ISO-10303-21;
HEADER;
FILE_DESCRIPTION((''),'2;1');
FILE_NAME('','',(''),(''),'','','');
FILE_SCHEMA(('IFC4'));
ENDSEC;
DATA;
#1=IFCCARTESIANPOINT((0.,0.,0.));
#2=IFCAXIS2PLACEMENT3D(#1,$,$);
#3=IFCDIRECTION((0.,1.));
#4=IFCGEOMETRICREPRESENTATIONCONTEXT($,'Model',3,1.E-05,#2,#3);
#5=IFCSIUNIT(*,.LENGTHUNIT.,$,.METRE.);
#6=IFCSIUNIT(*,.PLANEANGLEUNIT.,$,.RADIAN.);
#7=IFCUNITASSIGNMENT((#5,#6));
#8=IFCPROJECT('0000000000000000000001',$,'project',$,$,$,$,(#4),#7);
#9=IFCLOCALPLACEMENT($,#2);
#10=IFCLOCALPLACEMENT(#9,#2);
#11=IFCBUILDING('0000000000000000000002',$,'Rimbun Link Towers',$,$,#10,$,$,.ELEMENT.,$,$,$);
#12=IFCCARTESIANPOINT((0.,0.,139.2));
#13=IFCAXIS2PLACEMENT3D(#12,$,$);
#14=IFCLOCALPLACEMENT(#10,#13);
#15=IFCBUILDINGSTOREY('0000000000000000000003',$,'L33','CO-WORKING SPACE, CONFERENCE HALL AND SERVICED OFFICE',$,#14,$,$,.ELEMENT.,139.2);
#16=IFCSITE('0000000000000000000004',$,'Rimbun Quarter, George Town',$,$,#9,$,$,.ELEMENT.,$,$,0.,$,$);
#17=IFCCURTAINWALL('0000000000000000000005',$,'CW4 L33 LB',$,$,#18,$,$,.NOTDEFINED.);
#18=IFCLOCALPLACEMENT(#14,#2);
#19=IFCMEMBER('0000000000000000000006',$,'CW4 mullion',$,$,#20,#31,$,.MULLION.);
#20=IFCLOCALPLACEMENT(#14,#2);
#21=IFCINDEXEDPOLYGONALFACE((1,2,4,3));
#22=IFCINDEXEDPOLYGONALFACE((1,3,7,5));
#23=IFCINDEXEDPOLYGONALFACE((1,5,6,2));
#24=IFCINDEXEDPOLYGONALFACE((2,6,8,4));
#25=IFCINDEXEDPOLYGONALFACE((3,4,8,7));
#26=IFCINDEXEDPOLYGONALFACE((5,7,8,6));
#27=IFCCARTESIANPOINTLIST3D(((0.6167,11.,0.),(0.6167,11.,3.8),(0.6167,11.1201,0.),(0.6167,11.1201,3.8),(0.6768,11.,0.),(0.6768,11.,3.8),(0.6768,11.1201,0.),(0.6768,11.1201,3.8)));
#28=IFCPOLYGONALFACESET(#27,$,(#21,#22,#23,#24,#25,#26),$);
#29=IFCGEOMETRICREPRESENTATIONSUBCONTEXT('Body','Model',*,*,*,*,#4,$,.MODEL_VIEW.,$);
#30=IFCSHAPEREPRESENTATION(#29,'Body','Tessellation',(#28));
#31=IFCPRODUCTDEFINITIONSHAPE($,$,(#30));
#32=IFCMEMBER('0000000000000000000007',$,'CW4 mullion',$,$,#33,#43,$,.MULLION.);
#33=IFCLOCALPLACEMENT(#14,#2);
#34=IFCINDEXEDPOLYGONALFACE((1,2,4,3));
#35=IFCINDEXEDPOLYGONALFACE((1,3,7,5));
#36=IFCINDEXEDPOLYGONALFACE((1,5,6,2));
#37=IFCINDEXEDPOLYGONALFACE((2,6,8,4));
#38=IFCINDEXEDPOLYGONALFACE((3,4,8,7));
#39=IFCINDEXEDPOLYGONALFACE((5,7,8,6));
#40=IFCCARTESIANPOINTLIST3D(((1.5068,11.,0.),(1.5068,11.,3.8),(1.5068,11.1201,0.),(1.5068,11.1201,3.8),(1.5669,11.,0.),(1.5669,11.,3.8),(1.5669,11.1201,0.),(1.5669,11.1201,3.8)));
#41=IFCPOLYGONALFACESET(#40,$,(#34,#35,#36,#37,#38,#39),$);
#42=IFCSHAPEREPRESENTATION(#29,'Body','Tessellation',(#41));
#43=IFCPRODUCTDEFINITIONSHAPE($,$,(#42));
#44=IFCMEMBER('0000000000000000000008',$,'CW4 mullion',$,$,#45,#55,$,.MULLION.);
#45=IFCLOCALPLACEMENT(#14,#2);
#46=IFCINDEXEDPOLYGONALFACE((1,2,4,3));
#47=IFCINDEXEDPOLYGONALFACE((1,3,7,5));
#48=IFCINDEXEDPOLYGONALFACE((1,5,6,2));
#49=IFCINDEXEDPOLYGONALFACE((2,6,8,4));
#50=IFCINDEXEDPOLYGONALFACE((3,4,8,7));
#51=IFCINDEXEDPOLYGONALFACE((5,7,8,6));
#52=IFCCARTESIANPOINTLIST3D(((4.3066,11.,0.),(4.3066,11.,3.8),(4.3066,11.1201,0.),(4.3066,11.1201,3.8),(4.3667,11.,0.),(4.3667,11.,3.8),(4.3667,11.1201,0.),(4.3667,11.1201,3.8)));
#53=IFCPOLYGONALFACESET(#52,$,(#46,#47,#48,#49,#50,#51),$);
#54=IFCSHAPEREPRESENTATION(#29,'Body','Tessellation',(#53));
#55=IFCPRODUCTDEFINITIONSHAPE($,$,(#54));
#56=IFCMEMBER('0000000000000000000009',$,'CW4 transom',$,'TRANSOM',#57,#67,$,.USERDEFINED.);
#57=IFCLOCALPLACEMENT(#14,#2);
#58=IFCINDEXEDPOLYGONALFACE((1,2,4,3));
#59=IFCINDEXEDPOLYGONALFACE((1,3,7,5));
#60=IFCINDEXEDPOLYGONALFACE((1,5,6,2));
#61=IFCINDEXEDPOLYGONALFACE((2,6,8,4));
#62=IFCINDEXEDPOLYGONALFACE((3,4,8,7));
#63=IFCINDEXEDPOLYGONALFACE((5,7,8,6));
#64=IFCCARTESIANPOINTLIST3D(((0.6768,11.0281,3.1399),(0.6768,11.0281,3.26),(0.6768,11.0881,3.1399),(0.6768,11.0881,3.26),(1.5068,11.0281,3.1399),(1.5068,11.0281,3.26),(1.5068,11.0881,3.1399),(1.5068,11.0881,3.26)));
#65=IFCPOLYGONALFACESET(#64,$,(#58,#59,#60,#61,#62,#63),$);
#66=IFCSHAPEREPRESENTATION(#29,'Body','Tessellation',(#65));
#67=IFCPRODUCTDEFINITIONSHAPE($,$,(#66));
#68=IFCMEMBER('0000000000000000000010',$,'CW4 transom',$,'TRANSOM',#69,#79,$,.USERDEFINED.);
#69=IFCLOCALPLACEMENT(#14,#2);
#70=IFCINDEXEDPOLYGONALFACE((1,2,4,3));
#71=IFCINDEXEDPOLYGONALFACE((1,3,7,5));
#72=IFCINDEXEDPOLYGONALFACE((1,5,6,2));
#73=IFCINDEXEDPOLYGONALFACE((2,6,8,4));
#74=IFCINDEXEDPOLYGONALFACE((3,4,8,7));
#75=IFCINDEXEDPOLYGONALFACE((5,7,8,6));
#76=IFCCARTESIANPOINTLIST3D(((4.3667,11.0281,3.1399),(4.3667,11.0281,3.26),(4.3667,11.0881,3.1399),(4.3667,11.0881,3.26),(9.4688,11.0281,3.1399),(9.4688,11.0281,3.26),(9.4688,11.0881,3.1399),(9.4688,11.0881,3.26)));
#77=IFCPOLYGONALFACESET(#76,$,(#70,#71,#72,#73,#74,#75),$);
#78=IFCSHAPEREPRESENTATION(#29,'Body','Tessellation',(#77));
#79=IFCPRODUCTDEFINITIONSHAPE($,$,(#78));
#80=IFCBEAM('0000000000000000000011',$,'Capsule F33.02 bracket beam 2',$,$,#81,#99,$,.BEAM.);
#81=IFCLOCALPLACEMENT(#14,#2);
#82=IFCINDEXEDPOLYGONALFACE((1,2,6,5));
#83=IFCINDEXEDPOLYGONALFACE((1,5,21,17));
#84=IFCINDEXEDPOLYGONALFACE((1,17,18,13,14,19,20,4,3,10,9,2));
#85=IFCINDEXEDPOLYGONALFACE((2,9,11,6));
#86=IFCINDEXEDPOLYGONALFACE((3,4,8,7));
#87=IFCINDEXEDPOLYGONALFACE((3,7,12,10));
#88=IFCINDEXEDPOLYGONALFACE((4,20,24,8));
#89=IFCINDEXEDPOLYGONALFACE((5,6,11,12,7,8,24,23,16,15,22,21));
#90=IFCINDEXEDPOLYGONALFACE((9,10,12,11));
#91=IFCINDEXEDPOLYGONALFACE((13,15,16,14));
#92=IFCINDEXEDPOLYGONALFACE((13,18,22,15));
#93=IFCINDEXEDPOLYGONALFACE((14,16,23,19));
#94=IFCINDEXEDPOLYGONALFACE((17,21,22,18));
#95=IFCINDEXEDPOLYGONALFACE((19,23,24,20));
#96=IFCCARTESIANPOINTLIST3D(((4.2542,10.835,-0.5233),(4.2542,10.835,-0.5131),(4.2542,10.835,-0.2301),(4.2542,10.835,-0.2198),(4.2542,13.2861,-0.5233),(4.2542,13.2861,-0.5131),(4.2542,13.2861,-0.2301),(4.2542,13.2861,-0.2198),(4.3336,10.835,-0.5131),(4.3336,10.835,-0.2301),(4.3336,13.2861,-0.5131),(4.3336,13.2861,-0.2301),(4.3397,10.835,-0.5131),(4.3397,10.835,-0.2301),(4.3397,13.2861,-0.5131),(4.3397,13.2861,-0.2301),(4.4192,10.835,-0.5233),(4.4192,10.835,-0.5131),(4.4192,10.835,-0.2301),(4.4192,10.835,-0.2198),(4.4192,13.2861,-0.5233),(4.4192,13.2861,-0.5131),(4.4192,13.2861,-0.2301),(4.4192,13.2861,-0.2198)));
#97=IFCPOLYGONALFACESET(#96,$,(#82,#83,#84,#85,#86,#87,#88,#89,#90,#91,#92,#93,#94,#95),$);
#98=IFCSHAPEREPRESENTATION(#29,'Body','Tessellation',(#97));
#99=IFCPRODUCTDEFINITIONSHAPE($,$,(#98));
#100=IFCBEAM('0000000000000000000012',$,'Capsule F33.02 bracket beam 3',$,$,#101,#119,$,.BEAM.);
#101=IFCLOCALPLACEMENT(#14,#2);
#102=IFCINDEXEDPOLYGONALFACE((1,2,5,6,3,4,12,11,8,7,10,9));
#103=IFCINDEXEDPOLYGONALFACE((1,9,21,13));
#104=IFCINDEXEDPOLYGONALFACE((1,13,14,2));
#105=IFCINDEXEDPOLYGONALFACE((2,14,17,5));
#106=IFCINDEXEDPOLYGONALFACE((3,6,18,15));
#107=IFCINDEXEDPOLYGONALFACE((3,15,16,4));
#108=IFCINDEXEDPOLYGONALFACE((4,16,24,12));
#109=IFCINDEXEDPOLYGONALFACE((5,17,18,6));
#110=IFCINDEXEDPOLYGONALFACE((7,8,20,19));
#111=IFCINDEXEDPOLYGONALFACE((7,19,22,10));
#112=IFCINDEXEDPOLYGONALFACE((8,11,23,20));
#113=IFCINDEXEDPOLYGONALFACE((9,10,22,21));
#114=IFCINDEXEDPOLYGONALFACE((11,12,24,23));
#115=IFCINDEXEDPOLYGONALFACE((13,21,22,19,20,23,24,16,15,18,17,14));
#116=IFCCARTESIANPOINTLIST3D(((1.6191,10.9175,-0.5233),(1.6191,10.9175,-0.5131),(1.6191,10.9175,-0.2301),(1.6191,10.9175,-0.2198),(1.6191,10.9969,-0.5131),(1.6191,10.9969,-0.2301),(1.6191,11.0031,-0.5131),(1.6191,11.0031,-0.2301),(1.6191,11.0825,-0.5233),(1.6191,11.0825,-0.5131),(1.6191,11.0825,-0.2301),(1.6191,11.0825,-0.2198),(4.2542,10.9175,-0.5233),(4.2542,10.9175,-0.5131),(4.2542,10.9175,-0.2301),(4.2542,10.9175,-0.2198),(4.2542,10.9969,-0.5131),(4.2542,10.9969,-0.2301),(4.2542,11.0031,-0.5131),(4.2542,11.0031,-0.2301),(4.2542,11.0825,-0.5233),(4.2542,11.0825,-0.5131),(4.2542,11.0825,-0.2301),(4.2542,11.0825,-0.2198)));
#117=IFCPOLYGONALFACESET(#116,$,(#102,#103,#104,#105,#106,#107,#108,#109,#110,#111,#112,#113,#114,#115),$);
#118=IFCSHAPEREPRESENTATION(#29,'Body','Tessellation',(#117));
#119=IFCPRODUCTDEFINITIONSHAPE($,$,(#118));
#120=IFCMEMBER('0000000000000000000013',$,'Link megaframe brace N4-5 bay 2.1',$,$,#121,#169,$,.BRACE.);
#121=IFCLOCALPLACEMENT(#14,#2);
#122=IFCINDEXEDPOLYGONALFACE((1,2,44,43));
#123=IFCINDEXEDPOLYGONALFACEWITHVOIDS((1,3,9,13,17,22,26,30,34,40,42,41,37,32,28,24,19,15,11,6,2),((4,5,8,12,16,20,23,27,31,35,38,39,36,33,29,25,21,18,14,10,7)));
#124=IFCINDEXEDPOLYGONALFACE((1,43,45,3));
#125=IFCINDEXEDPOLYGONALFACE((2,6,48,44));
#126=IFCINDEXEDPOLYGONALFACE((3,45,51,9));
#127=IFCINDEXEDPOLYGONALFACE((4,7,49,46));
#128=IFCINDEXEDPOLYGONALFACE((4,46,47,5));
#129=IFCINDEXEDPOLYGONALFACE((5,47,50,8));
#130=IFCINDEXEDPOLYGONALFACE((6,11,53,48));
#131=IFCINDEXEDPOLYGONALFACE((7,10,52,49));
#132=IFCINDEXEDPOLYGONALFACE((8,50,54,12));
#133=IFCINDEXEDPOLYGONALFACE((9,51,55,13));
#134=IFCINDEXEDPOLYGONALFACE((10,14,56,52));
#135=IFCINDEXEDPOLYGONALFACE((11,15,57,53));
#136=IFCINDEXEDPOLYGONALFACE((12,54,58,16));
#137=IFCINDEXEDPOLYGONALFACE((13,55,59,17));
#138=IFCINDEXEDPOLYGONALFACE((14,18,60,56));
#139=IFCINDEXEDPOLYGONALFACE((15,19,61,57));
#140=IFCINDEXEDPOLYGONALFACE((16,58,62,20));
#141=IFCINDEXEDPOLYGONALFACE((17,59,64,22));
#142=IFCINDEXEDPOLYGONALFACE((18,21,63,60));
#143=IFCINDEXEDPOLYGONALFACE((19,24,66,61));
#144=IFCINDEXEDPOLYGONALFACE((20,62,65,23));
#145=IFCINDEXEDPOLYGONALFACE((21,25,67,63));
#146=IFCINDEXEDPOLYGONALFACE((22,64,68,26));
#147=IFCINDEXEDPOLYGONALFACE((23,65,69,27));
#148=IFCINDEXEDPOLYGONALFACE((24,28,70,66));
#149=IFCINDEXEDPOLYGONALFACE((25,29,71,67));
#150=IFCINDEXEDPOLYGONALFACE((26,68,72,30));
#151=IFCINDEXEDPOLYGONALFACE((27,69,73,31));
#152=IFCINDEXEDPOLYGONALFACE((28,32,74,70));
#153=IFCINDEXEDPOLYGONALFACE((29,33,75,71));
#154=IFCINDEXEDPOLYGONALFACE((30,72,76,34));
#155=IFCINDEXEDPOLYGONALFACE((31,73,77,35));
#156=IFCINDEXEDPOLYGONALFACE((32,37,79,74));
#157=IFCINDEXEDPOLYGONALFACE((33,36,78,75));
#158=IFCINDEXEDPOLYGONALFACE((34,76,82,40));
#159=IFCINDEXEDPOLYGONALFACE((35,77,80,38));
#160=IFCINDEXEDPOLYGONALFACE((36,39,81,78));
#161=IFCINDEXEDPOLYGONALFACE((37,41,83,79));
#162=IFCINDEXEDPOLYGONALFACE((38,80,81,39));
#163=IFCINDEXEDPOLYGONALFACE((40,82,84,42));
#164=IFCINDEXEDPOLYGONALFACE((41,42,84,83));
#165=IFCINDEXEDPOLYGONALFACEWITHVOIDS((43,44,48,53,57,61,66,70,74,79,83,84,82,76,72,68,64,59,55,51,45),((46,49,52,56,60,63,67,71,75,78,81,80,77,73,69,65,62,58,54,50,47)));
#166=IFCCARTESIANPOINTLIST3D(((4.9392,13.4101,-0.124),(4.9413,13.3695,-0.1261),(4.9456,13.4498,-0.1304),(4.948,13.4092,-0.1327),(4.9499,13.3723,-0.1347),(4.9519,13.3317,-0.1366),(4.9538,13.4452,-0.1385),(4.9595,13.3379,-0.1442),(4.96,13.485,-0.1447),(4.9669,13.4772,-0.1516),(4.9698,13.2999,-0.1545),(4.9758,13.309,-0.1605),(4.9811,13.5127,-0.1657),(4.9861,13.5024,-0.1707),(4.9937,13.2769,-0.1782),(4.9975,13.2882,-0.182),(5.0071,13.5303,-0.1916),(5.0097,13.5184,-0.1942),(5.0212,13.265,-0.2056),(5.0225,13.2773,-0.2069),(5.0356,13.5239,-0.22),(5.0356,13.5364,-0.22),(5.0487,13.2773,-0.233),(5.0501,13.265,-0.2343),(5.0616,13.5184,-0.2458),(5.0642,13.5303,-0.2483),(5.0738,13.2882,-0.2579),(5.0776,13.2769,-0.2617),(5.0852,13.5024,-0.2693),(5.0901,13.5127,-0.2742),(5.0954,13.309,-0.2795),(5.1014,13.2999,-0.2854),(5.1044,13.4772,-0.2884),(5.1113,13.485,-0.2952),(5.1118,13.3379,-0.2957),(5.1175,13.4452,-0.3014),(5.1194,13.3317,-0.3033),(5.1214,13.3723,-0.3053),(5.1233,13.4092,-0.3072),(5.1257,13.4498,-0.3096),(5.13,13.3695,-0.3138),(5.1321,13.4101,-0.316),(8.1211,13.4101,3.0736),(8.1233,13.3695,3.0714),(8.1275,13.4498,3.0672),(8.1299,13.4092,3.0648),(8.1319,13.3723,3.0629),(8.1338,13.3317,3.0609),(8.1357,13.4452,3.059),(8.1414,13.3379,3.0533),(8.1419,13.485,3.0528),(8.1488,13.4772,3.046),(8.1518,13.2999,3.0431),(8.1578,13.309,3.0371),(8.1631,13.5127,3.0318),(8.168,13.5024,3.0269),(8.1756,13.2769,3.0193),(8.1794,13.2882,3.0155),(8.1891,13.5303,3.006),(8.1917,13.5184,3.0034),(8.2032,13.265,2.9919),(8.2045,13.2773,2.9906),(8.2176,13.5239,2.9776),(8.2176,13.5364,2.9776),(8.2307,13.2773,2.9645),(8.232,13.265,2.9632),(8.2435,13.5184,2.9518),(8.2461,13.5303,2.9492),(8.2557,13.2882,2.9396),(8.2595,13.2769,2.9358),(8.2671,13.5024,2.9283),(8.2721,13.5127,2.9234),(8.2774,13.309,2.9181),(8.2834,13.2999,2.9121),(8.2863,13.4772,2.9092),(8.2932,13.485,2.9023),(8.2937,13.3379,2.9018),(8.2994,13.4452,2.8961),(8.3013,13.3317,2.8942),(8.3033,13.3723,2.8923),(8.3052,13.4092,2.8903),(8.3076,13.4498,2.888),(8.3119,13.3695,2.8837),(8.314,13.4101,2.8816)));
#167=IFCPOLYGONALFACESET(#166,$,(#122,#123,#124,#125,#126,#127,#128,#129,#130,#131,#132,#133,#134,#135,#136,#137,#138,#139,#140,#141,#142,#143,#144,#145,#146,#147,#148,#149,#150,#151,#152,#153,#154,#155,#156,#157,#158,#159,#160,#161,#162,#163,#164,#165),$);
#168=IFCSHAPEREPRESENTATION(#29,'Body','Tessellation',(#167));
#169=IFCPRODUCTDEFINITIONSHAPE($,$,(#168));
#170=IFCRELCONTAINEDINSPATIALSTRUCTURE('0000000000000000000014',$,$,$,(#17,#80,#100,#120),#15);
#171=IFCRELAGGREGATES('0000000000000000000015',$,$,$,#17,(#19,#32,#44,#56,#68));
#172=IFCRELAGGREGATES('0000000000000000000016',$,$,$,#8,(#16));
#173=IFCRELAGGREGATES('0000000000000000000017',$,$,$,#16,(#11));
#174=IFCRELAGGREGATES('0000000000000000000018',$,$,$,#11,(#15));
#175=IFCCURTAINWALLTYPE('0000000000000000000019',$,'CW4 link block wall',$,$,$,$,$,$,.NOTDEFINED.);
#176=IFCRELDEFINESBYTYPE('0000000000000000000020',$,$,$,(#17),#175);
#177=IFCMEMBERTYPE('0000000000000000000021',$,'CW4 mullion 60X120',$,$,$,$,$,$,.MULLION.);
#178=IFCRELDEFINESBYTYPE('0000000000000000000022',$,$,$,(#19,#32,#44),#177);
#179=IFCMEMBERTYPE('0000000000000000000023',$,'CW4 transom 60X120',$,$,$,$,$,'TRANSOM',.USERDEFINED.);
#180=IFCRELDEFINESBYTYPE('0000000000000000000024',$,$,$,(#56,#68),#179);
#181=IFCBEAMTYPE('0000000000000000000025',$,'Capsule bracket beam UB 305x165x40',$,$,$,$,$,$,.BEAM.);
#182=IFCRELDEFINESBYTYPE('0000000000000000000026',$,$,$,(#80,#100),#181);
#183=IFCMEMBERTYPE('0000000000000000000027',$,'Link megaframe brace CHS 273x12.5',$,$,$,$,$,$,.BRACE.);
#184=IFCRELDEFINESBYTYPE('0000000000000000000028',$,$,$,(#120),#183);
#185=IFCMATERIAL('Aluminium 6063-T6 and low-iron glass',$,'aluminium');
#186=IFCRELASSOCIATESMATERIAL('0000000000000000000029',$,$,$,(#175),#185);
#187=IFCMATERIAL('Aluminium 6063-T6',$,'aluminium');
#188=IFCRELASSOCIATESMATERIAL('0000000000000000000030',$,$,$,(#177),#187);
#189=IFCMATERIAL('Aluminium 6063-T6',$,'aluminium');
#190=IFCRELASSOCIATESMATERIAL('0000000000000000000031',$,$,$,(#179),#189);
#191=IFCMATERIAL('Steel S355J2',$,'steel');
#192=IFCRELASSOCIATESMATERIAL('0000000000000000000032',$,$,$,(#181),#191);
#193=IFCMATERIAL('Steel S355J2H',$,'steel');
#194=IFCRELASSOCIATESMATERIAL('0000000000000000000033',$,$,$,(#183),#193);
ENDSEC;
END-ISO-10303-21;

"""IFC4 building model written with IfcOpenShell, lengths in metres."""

from ifc_helpers import new_model, si_unit, direction, frame, origin, origin_2d, place, context, subcontext, project, spatial, rectangle, hollow_circle, i_section, extrude, material, material_profile, profile_set, type_object, element, aggregate, save


model = new_model("IFC4")

# Units and contexts
model_context = context("Model", 3, precision=1e-05, world=origin(), true_north=direction((0.0, 1.0)))
body_context = subcontext(model_context, "Body", "Model", "MODEL_VIEW")
ifc_project = project(units=[si_unit("LENGTHUNIT", "METRE"), si_unit("PLANEANGLEUNIT", "RADIAN")], contexts=[model_context])

# Site, building, storey
site_placement = place(None, origin())
site = spatial("IfcSite", under=ifc_project, at=site_placement, Name="Rimbun Quarter, George Town", CompositionType="ELEMENT", RefElevation=0.0)
building_placement = place(site_placement, origin())
building = spatial("IfcBuilding", under=site, at=building_placement, Name="Rimbun Link Towers", CompositionType="ELEMENT")
storey_placement = place(building_placement, frame((0.0, 0.0, 139.2)))
storey = spatial("IfcBuildingStorey", under=building, at=storey_placement, Name="L33", Description="CO-WORKING SPACE, CONFERENCE HALL AND SERVICED OFFICE", CompositionType="ELEMENT", Elevation=139.2)

# Curtain wall, members
ifc_material_1 = material(Name="Aluminium 6063-T6 and low-iron glass", Category="aluminium")
curtain_wall_type = type_object("IfcCurtainWallType", Name="CW4 link block wall", PredefinedType="NOTDEFINED", material=ifc_material_1)
curtain_wall_placement = place(storey_placement, origin())
curtain_wall = element("IfcCurtainWall", 1, at=curtain_wall_placement, inside=storey, type_object=curtain_wall_type, Name="CW4 L33 LB", PredefinedType="NOTDEFINED")
ifc_material_2 = material(Name="Aluminium 6063-T6", Category="aluminium")
ifc_material_profile_1 = material_profile(ifc_material_2, rectangle(XDim=0.1201, YDim=0.0601, at=origin_2d()), Name="MULLION 60X120")
ifc_profile_set_1 = profile_set([ifc_material_profile_1], Name="Aluminium 6063-T6")
member_type_1 = type_object("IfcMemberType", Name="CW4 mullion 60X120", PredefinedType="MULLION", material=ifc_profile_set_1)
member_1_placement = place(storey_placement, frame((0.6467, 11.0601, 0.0), z_axis=(0.0, 0.0, 1.0), x_axis=(0.0, 1.0, 0.0)))
member_1 = element("IfcMember", 2, at=member_1_placement, type_object=member_type_1, Name="CW4 mullion", PredefinedType="MULLION", context=body_context, shape_type="SweptSolid", body=[
    extrude(rectangle(XDim=0.1201, YDim=0.0601, at=origin_2d()), origin(), (0.0, 0.0, 1.0), 3.8),
])
member_2_placement = place(storey_placement, frame((1.5369, 11.0601, 0.0), z_axis=(0.0, 0.0, 1.0), x_axis=(0.0, 1.0, 0.0)))
member_2 = element("IfcMember", 3, at=member_2_placement, type_object=member_type_1, Name="CW4 mullion", PredefinedType="MULLION", context=body_context, shape_type="SweptSolid", body=[
    extrude(rectangle(XDim=0.1201, YDim=0.0601, at=origin_2d()), origin(), (0.0, 0.0, 1.0), 3.8),
])
member_3_placement = place(storey_placement, frame((4.3367, 11.0601, 0.0), z_axis=(0.0, 0.0, 1.0), x_axis=(0.0, 1.0, 0.0)))
member_3 = element("IfcMember", 4, at=member_3_placement, type_object=member_type_1, Name="CW4 mullion", PredefinedType="MULLION", context=body_context, shape_type="SweptSolid", body=[
    extrude(rectangle(XDim=0.1201, YDim=0.0601, at=origin_2d()), origin(), (0.0, 0.0, 1.0), 3.8),
])
ifc_material_3 = material(Name="Aluminium 6063-T6", Category="aluminium")
ifc_material_profile_2 = material_profile(ifc_material_3, rectangle(XDim=0.0601, YDim=0.1201, at=origin_2d()), Name="TRANSOM 60X120")
ifc_profile_set_2 = profile_set([ifc_material_profile_2], Name="Aluminium 6063-T6")
member_type_2 = type_object("IfcMemberType", Name="CW4 transom 60X120", ElementType="TRANSOM", PredefinedType="USERDEFINED", material=ifc_profile_set_2)
member_4_placement = place(storey_placement, frame((0.6768, 11.0581, 3.2), z_axis=(1.0, 0.0, 0.0), x_axis=(0.0, 1.0, 0.0)))
member_4 = element("IfcMember", 5, at=member_4_placement, type_object=member_type_2, Name="CW4 transom", ObjectType="TRANSOM", PredefinedType="USERDEFINED", context=body_context, shape_type="SweptSolid", body=[
    extrude(rectangle(XDim=0.0601, YDim=0.1201, at=origin_2d()), origin(), (0.0, 0.0, 1.0), 0.8301),
])
member_5_placement = place(storey_placement, frame((4.3667, 11.0581, 3.2), z_axis=(1.0, 0.0, 0.0), x_axis=(0.0, 1.0, 0.0)))
member_5 = element("IfcMember", 6, at=member_5_placement, type_object=member_type_2, Name="CW4 transom", ObjectType="TRANSOM", PredefinedType="USERDEFINED", context=body_context, shape_type="SweptSolid", body=[
    extrude(rectangle(XDim=0.0601, YDim=0.1201, at=origin_2d()), origin(), (0.0, 0.0, 1.0), 5.1021),
])

# Beams
ifc_material_4 = material(Name="Steel S355J2", Category="steel")
ifc_material_profile_3 = material_profile(ifc_material_4, i_section(OverallWidth=0.165, OverallDepth=0.3035, WebThickness=0.0061, FlangeThickness=0.0103, at=origin_2d()), Name="UB 305x165x40")
ifc_profile_set_3 = profile_set([ifc_material_profile_3], Name="Steel S355J2")
beam_type_1 = type_object("IfcBeamType", Name="Capsule bracket beam UB 305x165x40", PredefinedType="BEAM", material=ifc_profile_set_3)
beam_1_placement = place(storey_placement, frame((4.3367, 10.835, -0.3716), z_axis=(0.0, 1.0, 0.0), x_axis=(-1.0, 0.0, 0.0)))
element("IfcBeam", 7, at=beam_1_placement, inside=storey, type_object=beam_type_1, Name="Capsule F33.02 bracket beam 2", PredefinedType="BEAM", context=body_context, shape_type="SweptSolid", body=[
    extrude(i_section(OverallWidth=0.165, OverallDepth=0.3035, WebThickness=0.0061, FlangeThickness=0.0103, at=origin_2d()), origin(), (0.0, 0.0, 1.0), 2.4512),
])
beam_2_placement = place(storey_placement, frame((1.6191, 11.0, -0.3716), z_axis=(1.0, 0.0, 0.0), x_axis=(0.0, 1.0, 0.0)))
element("IfcBeam", 8, at=beam_2_placement, inside=storey, type_object=beam_type_1, Name="Capsule F33.02 bracket beam 3", PredefinedType="BEAM", context=body_context, shape_type="SweptSolid", body=[
    extrude(i_section(OverallWidth=0.165, OverallDepth=0.3035, WebThickness=0.0061, FlangeThickness=0.0103, at=origin_2d()), origin(), (0.0, 0.0, 1.0), 2.635),
])

# Member
ifc_material_5 = material(Name="Steel S355J2H", Category="steel")
ifc_material_profile_4 = material_profile(ifc_material_5, hollow_circle(Radius=0.1365, WallThickness=0.0125, at=origin_2d()), Name="CHS 273x12.5")
ifc_profile_set_4 = profile_set([ifc_material_profile_4], Name="Steel S355J2H")
member_type_3 = type_object("IfcMemberType", Name="Link megaframe brace CHS 273x12.5", PredefinedType="BRACE", material=ifc_profile_set_4)
member_6_placement = place(storey_placement, frame((5.0356, 13.3999, -0.22), z_axis=(0.705373, 0.0, 0.708837), x_axis=(0.0, 1.0, 0.0)))
element("IfcMember", 9, at=member_6_placement, inside=storey, type_object=member_type_3, Name="Link megaframe brace N4-5 bay 2.1", PredefinedType="BRACE", context=body_context, shape_type="SweptSolid", body=[
    extrude(hollow_circle(Radius=0.1365, WallThickness=0.0125, at=origin_2d()), origin(), (0.0, 0.0, 1.0), 4.511),
])

aggregate(curtain_wall, [member_1, member_2, member_3, member_4, member_5])

save(model, "model.ifc")
